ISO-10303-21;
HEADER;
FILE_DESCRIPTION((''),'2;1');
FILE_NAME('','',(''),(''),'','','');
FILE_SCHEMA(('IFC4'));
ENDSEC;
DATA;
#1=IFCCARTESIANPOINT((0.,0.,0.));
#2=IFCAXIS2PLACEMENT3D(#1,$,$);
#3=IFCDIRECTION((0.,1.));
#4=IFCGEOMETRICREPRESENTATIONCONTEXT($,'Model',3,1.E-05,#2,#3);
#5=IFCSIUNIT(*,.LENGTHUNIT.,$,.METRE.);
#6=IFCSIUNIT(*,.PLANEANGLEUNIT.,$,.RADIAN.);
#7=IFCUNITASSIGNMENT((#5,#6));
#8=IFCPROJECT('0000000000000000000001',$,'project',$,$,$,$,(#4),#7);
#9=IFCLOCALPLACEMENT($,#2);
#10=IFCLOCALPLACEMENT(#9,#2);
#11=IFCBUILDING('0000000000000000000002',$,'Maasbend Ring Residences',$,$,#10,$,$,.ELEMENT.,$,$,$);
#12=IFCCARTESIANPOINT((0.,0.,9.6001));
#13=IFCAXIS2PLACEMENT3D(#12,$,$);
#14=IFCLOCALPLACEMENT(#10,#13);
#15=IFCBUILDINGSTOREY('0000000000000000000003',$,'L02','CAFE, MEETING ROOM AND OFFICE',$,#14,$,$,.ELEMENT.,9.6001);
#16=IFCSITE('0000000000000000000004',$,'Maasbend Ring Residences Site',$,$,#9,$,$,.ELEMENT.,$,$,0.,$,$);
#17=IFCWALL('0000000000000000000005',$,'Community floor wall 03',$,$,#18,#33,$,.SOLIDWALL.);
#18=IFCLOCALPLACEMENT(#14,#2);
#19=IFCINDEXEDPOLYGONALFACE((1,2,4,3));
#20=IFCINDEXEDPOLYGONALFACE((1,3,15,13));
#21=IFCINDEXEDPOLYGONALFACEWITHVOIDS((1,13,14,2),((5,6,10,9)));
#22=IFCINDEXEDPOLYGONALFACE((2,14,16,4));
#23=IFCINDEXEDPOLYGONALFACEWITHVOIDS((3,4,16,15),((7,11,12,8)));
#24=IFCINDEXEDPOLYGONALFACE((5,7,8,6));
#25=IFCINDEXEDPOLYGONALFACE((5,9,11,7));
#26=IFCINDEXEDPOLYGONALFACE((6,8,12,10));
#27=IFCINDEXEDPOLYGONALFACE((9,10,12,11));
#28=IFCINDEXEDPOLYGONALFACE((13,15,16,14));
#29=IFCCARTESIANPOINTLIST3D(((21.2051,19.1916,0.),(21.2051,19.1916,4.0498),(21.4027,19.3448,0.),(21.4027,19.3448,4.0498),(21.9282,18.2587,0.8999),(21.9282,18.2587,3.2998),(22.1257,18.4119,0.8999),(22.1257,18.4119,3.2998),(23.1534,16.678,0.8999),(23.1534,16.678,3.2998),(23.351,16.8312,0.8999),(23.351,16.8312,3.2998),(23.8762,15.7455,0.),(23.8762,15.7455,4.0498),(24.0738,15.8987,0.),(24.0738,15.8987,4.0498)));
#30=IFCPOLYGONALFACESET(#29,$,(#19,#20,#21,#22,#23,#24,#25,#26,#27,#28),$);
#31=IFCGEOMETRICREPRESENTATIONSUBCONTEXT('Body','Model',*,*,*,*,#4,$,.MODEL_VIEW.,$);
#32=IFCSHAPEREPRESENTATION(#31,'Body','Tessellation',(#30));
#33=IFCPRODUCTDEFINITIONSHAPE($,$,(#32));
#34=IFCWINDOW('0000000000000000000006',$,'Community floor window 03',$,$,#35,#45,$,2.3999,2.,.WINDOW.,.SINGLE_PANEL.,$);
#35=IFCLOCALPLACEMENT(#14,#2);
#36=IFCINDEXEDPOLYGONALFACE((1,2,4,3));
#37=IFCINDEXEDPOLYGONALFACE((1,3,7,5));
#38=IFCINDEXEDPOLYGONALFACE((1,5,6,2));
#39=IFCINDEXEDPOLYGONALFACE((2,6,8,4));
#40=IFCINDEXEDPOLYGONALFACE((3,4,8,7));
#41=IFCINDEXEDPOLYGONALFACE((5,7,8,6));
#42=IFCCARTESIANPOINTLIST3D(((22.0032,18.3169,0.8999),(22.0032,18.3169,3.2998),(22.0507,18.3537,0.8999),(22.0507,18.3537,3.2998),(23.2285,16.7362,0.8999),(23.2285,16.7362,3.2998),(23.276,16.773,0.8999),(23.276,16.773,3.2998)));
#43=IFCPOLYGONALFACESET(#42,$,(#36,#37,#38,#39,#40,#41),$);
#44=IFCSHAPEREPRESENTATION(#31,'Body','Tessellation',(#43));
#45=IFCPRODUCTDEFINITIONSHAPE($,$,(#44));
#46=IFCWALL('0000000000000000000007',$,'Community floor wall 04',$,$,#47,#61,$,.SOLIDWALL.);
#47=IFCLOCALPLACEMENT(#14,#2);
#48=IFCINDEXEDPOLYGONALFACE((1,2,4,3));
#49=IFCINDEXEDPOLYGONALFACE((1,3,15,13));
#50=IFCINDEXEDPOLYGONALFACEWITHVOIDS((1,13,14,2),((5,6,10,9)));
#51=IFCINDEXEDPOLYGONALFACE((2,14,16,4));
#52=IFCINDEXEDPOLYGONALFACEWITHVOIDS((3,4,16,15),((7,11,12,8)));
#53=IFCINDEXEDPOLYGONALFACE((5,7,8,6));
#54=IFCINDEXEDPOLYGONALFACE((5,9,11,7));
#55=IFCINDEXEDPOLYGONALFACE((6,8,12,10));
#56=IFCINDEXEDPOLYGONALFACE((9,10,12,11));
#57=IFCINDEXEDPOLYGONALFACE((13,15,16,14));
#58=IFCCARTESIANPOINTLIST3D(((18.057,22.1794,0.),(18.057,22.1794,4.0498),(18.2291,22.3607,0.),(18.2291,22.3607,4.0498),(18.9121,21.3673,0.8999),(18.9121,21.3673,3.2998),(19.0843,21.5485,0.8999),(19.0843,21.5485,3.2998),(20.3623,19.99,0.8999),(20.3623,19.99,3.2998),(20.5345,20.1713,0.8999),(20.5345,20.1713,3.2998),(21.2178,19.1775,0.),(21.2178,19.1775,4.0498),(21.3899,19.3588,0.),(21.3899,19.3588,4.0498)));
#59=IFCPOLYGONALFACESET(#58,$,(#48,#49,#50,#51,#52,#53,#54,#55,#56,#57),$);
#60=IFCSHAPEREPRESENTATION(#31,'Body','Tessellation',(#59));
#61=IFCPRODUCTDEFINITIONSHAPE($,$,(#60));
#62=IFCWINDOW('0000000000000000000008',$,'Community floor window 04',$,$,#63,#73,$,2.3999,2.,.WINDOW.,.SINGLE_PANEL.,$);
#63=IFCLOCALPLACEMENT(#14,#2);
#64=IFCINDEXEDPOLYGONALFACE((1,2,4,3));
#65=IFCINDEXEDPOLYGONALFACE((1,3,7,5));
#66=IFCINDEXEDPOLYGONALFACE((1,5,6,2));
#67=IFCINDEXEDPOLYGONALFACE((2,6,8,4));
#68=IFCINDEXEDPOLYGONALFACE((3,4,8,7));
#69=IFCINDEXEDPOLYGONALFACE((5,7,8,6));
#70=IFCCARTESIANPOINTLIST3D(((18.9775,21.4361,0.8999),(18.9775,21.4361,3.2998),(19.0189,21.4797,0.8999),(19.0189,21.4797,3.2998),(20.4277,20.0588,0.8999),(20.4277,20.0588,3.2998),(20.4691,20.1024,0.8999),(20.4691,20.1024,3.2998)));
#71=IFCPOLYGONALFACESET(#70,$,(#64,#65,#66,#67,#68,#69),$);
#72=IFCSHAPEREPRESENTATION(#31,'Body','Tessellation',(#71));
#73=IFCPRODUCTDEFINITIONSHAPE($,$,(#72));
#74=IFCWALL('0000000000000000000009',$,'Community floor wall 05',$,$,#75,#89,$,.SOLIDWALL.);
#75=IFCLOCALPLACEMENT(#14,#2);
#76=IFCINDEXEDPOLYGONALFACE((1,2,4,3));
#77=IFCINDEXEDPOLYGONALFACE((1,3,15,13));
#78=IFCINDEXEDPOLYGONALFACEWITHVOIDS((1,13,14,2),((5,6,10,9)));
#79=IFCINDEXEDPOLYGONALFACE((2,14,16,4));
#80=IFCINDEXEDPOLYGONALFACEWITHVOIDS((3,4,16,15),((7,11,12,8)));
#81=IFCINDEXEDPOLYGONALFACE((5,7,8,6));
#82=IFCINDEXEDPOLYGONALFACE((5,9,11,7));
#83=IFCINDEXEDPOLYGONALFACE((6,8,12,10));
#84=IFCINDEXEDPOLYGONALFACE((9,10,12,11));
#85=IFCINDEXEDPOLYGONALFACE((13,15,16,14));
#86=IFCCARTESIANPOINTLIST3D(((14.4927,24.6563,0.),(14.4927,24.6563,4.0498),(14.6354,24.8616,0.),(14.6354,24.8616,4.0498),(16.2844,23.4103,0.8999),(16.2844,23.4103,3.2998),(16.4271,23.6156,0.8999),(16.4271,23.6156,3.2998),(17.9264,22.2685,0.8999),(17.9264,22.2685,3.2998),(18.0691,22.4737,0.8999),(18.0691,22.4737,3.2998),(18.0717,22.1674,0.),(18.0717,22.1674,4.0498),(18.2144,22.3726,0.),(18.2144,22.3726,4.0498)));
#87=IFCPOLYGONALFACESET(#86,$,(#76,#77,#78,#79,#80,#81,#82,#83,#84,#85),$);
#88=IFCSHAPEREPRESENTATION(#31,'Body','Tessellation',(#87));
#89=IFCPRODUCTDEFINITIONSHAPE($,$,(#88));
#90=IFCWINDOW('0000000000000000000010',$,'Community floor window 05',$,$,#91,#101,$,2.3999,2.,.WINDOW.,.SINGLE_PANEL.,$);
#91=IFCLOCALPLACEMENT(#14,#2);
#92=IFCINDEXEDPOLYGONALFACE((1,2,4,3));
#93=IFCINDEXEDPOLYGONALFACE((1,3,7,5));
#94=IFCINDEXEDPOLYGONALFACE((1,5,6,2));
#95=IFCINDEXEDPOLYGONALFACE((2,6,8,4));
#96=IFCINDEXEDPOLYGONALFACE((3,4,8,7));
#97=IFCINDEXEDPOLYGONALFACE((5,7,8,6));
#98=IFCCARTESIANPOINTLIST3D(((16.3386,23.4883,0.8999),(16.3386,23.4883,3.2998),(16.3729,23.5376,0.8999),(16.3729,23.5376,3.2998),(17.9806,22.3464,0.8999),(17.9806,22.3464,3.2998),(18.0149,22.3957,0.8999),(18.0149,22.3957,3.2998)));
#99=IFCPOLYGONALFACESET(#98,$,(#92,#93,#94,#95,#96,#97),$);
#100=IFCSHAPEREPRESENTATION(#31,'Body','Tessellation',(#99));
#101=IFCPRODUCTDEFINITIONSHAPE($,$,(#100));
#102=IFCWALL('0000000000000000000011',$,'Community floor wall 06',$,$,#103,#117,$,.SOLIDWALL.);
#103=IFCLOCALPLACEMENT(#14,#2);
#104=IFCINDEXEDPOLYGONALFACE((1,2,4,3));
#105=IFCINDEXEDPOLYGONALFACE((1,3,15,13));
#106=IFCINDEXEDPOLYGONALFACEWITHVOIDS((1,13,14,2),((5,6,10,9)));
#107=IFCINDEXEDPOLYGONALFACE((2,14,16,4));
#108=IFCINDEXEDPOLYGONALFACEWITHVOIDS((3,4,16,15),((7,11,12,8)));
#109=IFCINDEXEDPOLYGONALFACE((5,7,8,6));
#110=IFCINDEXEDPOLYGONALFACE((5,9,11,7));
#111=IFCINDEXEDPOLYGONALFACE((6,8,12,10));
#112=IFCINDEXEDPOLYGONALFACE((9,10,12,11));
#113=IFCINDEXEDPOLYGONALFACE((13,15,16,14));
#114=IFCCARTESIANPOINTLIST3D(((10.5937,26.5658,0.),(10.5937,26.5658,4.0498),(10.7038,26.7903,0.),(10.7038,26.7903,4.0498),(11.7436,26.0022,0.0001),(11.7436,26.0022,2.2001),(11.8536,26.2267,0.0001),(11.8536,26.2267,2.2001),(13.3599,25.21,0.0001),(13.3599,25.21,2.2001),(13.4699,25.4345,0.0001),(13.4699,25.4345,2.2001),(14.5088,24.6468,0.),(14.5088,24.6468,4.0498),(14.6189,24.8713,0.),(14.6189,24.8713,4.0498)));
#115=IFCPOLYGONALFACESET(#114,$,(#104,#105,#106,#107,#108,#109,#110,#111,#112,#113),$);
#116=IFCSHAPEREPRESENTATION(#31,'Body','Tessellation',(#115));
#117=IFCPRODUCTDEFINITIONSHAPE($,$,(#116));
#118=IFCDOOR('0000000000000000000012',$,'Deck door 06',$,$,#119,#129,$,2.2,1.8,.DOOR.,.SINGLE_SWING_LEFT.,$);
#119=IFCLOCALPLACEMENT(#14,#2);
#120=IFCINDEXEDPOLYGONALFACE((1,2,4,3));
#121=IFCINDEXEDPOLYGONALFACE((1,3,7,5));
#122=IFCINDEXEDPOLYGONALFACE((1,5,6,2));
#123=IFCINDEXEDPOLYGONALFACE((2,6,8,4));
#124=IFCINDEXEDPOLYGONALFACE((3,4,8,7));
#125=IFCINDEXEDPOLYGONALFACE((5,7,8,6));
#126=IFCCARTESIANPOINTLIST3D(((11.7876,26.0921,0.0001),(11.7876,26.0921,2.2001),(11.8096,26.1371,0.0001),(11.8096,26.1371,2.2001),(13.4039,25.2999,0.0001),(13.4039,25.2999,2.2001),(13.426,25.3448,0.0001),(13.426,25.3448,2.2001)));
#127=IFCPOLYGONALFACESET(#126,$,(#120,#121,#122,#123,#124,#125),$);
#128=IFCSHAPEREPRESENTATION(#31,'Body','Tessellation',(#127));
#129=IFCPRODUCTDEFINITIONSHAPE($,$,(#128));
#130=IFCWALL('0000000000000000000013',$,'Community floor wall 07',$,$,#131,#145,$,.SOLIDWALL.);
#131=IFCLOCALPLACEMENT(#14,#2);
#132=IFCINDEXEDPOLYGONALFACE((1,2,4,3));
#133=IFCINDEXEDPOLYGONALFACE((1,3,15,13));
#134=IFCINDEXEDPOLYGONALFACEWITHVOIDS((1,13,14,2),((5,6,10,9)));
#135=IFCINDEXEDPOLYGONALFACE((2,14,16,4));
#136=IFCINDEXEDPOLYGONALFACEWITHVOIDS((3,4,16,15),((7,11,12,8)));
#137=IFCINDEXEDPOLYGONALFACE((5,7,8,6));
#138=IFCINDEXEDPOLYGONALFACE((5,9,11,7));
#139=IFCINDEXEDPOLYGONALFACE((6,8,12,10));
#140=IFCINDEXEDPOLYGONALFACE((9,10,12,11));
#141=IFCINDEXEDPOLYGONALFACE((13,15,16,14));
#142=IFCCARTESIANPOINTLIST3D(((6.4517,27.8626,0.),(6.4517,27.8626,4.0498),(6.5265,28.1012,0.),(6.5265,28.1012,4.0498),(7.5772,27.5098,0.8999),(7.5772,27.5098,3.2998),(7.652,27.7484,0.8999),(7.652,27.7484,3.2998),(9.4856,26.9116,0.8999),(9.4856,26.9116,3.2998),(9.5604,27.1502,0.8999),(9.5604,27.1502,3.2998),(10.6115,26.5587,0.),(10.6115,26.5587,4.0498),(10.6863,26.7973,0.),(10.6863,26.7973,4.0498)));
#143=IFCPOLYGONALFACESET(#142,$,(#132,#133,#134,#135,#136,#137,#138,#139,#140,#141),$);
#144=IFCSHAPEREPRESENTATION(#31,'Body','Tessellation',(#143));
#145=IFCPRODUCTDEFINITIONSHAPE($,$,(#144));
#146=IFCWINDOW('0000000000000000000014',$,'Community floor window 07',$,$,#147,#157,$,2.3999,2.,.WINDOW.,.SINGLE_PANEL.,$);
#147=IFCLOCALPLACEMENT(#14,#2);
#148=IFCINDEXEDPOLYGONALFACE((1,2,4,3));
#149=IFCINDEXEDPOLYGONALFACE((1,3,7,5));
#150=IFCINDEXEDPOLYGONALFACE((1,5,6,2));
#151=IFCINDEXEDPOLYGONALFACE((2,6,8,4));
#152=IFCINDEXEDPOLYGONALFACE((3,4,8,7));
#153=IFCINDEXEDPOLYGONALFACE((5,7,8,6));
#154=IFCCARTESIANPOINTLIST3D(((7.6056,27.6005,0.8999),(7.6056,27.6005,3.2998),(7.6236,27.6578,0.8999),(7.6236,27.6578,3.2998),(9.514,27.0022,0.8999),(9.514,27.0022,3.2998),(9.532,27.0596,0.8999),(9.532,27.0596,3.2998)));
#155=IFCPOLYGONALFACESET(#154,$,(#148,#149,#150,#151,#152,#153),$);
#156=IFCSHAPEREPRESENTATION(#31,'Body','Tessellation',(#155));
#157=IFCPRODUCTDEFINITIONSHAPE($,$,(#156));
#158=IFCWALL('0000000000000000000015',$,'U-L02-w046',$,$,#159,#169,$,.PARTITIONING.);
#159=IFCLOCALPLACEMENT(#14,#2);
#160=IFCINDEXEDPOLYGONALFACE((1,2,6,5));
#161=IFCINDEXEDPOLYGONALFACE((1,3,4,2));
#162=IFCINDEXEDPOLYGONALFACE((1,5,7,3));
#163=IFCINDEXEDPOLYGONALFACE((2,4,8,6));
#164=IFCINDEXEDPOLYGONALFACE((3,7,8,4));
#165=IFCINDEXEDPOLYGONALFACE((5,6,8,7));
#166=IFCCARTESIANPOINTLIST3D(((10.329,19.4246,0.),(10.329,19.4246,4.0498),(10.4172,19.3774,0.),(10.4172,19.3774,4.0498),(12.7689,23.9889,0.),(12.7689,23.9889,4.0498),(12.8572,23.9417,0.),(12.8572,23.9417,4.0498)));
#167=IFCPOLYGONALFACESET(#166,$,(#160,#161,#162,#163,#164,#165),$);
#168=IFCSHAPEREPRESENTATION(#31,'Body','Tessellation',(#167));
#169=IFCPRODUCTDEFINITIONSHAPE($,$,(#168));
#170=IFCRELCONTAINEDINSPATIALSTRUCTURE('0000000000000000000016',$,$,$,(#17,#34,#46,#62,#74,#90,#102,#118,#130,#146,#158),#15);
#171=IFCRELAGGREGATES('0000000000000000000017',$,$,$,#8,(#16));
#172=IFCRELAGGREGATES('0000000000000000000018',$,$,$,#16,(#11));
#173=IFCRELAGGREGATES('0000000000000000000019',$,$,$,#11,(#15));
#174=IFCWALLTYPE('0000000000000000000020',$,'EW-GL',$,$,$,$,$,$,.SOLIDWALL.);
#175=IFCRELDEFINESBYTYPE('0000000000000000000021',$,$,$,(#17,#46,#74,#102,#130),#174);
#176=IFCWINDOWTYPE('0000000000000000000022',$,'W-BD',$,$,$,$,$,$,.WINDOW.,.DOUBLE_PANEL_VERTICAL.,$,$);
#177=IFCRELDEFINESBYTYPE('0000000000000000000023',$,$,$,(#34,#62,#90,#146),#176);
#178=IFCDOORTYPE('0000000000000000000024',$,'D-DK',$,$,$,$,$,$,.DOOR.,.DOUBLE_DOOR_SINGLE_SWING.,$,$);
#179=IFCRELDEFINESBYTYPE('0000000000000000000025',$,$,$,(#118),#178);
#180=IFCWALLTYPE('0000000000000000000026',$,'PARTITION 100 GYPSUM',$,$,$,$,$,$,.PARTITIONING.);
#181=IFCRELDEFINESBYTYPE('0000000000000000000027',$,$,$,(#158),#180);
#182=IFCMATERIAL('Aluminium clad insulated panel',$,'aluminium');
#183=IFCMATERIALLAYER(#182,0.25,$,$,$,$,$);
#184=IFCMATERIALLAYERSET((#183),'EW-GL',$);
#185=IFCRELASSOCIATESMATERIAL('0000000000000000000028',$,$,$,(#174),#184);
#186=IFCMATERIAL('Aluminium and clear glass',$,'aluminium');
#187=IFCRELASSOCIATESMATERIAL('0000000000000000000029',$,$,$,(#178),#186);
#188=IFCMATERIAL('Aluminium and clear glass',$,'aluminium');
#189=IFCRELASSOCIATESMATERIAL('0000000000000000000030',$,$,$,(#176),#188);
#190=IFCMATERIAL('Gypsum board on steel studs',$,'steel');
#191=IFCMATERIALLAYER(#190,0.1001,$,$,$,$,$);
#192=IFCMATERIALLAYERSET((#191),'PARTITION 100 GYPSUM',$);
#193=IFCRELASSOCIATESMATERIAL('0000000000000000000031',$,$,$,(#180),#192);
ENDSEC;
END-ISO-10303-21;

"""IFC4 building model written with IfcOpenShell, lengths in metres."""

from ifc_helpers import new_model, si_unit, direction, frame, frame_2d, origin, place, context, subcontext, project, spatial, rectangle, extrude, material, layer, layer_set, type_object, element, fill, save


model = new_model("IFC4")

# Units and contexts
model_context = context("Model", 3, precision=1e-05, world=origin(), true_north=direction((0.0, 1.0)))
body_context = subcontext(model_context, "Body", "Model", "MODEL_VIEW")
ifc_project = project(units=[si_unit("LENGTHUNIT", "METRE"), si_unit("PLANEANGLEUNIT", "RADIAN")], contexts=[model_context])

# Site, building, storey
site_placement = place(None, origin())
site = spatial("IfcSite", under=ifc_project, at=site_placement, Name="Maasbend Ring Residences Site", CompositionType="ELEMENT", RefElevation=0.0)
building_placement = place(site_placement, origin())
building = spatial("IfcBuilding", under=site, at=building_placement, Name="Maasbend Ring Residences", CompositionType="ELEMENT")
storey_placement = place(building_placement, frame((0.0, 0.0, 9.6001)))
storey = spatial("IfcBuildingStorey", under=building, at=storey_placement, Name="L02", Description="CAFE, MEETING ROOM AND OFFICE", CompositionType="ELEMENT", Elevation=9.6001)

# Shared definitions
ifc_material_1 = material(Name="Aluminium clad insulated panel", Category="aluminium")
ifc_layer_1 = layer(ifc_material_1, 0.25)
ifc_layer_set_1 = layer_set([ifc_layer_1], Name="EW-GL")
wall_type_1 = type_object("IfcWallType", Name="EW-GL", PredefinedType="SOLIDWALL", material=ifc_layer_set_1)
ifc_material_2 = material(Name="Aluminium and clear glass", Category="aluminium")
door_type_1 = type_object("IfcDoorType", Name="D-DK", OperationType="DOUBLE_DOOR_SINGLE_SWING", PredefinedType="DOOR", material=ifc_material_2)

# Walls, openings, windows
wall_1_placement = place(storey_placement, frame((23.9751, 15.822, 0.0), z_axis=(0.0, 0.0, 1.0), x_axis=(-0.612637, 0.790364, 0.0)))
wall_1 = element("IfcWall", 1, at=wall_1_placement, inside=storey, type_object=wall_type_1, Name="Community floor wall 03", PredefinedType="SOLIDWALL", context=body_context, shape_type="SweptSolid", body=[
    extrude(rectangle(XDim=4.3601, YDim=0.25, at=frame_2d((2.1802, 0.0))), origin(), (0.0, 0.0, 1.0), 4.0498),
])
opening_1_placement = place(wall_1_placement, frame((1.1799, 0.0, 0.8999)))
opening_1 = element("IfcOpeningElement", 2, at=opening_1_placement, cuts=wall_1, PredefinedType="OPENING", context=body_context, shape_type="SweptSolid", body=[
    extrude(rectangle(XDim=2.0, YDim=2.3999, at=frame_2d((1.0, 1.2))), frame((0.0, 0.135, 0.0), z_axis=(0.0, -1.0, 0.0), x_axis=(1.0, 0.0, 0.0)), (0.0, 0.0, 1.0), 0.27),
])
ifc_material_3 = material(Name="Aluminium and clear glass", Category="aluminium")
window_type = type_object("IfcWindowType", Name="W-BD", PartitioningType="DOUBLE_PANEL_VERTICAL", PredefinedType="WINDOW", material=ifc_material_3)
window_1_placement = place(opening_1_placement, origin())
window_1 = element("IfcWindow", 3, at=window_1_placement, inside=storey, type_object=window_type, Name="Community floor window 03", OverallHeight=2.3999, OverallWidth=2.0, PartitioningType="SINGLE_PANEL", PredefinedType="WINDOW", context=body_context, shape_type="SweptSolid", body=[
    extrude(rectangle(XDim=2.0, YDim=2.3999, at=frame_2d((1.0, 1.2))), frame((0.0, 0.03, 0.0), z_axis=(0.0, -1.0, 0.0), x_axis=(1.0, 0.0, 0.0)), (0.0, 0.0, 1.0), 0.0601),
])
fill(opening_1, window_1)
wall_2_placement = place(storey_placement, frame((21.304, 19.2681, 0.0), z_axis=(0.0, 0.0, 1.0), x_axis=(-0.725102, 0.688642, 0.0)))
wall_2 = element("IfcWall", 4, at=wall_2_placement, inside=storey, type_object=wall_type_1, Name="Community floor wall 04", PredefinedType="SOLIDWALL", context=body_context, shape_type="SweptSolid", body=[
    extrude(rectangle(XDim=4.3591, YDim=0.25, at=frame_2d((2.1797, 0.0))), origin(), (0.0, 0.0, 1.0), 4.0498),
])
opening_2_placement = place(wall_2_placement, frame((1.1799, 0.0, 0.8999)))
opening_2 = element("IfcOpeningElement", 5, at=opening_2_placement, cuts=wall_2, PredefinedType="OPENING", context=body_context, shape_type="SweptSolid", body=[
    extrude(rectangle(XDim=2.0, YDim=2.3999, at=frame_2d((1.0, 1.2))), frame((0.0, 0.135, 0.0), z_axis=(0.0, -1.0, 0.0), x_axis=(1.0, 0.0, 0.0)), (0.0, 0.0, 1.0), 0.27),
])
window_2_placement = place(opening_2_placement, origin())
window_2 = element("IfcWindow", 6, at=window_2_placement, inside=storey, type_object=window_type, Name="Community floor window 04", OverallHeight=2.3999, OverallWidth=2.0, PartitioningType="SINGLE_PANEL", PredefinedType="WINDOW", context=body_context, shape_type="SweptSolid", body=[
    extrude(rectangle(XDim=2.0, YDim=2.3999, at=frame_2d((1.0, 1.2))), frame((0.0, 0.03, 0.0), z_axis=(0.0, -1.0, 0.0), x_axis=(1.0, 0.0, 0.0)), (0.0, 0.0, 1.0), 0.0601),
])
fill(opening_2, window_2)
wall_3_placement = place(storey_placement, frame((18.1431, 22.27, 0.0), z_axis=(0.0, 0.0, 1.0), x_axis=(-0.820991, 0.570941, 0.0)))
wall_3 = element("IfcWall", 7, at=wall_3_placement, inside=storey, type_object=wall_type_1, Name="Community floor wall 05", PredefinedType="SOLIDWALL", context=body_context, shape_type="SweptSolid", body=[
    extrude(rectangle(XDim=4.3594, YDim=0.25, at=frame_2d((2.1797, 0.0))), origin(), (0.0, 0.0, 1.0), 4.0498),
])
opening_3_placement = place(wall_3_placement, frame((0.177, 0.0, 0.8999)))
opening_3 = element("IfcOpeningElement", 8, at=opening_3_placement, cuts=wall_3, PredefinedType="OPENING", context=body_context, shape_type="SweptSolid", body=[
    extrude(rectangle(XDim=2.0, YDim=2.3999, at=frame_2d((1.0, 1.2))), frame((0.0, 0.135, 0.0), z_axis=(0.0, -1.0, 0.0), x_axis=(1.0, 0.0, 0.0)), (0.0, 0.0, 1.0), 0.27),
])
window_3_placement = place(opening_3_placement, origin())
window_3 = element("IfcWindow", 9, at=window_3_placement, inside=storey, type_object=window_type, Name="Community floor window 05", OverallHeight=2.3999, OverallWidth=2.0, PartitioningType="SINGLE_PANEL", PredefinedType="WINDOW", context=body_context, shape_type="SweptSolid", body=[
    extrude(rectangle(XDim=2.0, YDim=2.3999, at=frame_2d((1.0, 1.2))), frame((0.0, 0.03, 0.0), z_axis=(0.0, -1.0, 0.0), x_axis=(1.0, 0.0, 0.0)), (0.0, 0.0, 1.0), 0.0601),
])
fill(opening_3, window_3)

# Wall, opening, door
wall_4_placement = place(storey_placement, frame((14.564, 24.759, 0.0), z_axis=(0.0, 0.0, 1.0), x_axis=(-0.897938, 0.440122, 0.0)))
wall_4 = element("IfcWall", 10, at=wall_4_placement, inside=storey, type_object=wall_type_1, Name="Community floor wall 06", PredefinedType="SOLIDWALL", context=body_context, shape_type="SweptSolid", body=[
    extrude(rectangle(XDim=4.3601, YDim=0.25, at=frame_2d((2.1802, 0.0))), origin(), (0.0, 0.0, 1.0), 4.0498),
])
opening_4_placement = place(wall_4_placement, frame((1.2798, 0.0, 0.0)))
opening_4 = element("IfcOpeningElement", 11, at=opening_4_placement, cuts=wall_4, PredefinedType="OPENING", context=body_context, shape_type="SweptSolid", body=[
    extrude(rectangle(XDim=1.8, YDim=2.2, at=frame_2d((0.8999, 1.1001))), frame((0.0, 0.135, 0.0), z_axis=(0.0, -1.0, 0.0), x_axis=(1.0, 0.0, 0.0)), (0.0, 0.0, 1.0), 0.27),
])
door_1_placement = place(opening_4_placement, origin())
door_1 = element("IfcDoor", 12, at=door_1_placement, inside=storey, type_object=door_type_1, Name="Deck door 06", OperationType="SINGLE_SWING_LEFT", OverallHeight=2.2, OverallWidth=1.8, PredefinedType="DOOR", context=body_context, shape_type="SweptSolid", body=[
    extrude(rectangle(XDim=1.8, YDim=2.2, at=frame_2d((0.8999, 1.1001))), frame((0.0, 0.0249, 0.0), z_axis=(0.0, -1.0, 0.0), x_axis=(1.0, 0.0, 0.0)), (0.0, 0.0, 1.0), 0.05),
])
fill(opening_4, door_1)

# Wall, opening, window
wall_5_placement = place(storey_placement, frame((10.6489, 26.678, 0.0), z_axis=(0.0, 0.0, 1.0), x_axis=(-0.95422, 0.299107, 0.0)))
wall_5 = element("IfcWall", 13, at=wall_5_placement, inside=storey, type_object=wall_type_1, Name="Community floor wall 07", PredefinedType="SOLIDWALL", context=body_context, shape_type="SweptSolid", body=[
    extrude(rectangle(XDim=4.3594, YDim=0.25, at=frame_2d((2.1797, 0.0))), origin(), (0.0, 0.0, 1.0), 4.0498),
])
opening_5_placement = place(wall_5_placement, frame((1.1799, 0.0, 0.8999)))
opening_5 = element("IfcOpeningElement", 14, at=opening_5_placement, cuts=wall_5, PredefinedType="OPENING", context=body_context, shape_type="SweptSolid", body=[
    extrude(rectangle(XDim=2.0, YDim=2.3999, at=frame_2d((1.0, 1.2))), frame((0.0, 0.135, 0.0), z_axis=(0.0, -1.0, 0.0), x_axis=(1.0, 0.0, 0.0)), (0.0, 0.0, 1.0), 0.27),
])
window_4_placement = place(opening_5_placement, origin())
window_4 = element("IfcWindow", 15, at=window_4_placement, inside=storey, type_object=window_type, Name="Community floor window 07", OverallHeight=2.3999, OverallWidth=2.0, PartitioningType="SINGLE_PANEL", PredefinedType="WINDOW", context=body_context, shape_type="SweptSolid", body=[
    extrude(rectangle(XDim=2.0, YDim=2.3999, at=frame_2d((1.0, 1.2))), frame((0.0, 0.03, 0.0), z_axis=(0.0, -1.0, 0.0), x_axis=(1.0, 0.0, 0.0)), (0.0, 0.0, 1.0), 0.0601),
])
fill(opening_5, window_4)

# Wall
ifc_material_4 = material(Name="Gypsum board on steel studs", Category="steel")
ifc_layer_2 = layer(ifc_material_4, 0.1001)
ifc_layer_set_2 = layer_set([ifc_layer_2], Name="PARTITION 100 GYPSUM")
wall_type_2 = type_object("IfcWallType", Name="PARTITION 100 GYPSUM", PredefinedType="PARTITIONING", material=ifc_layer_set_2)
wall_6_placement = place(storey_placement, frame((10.373, 19.4009, 0.0), z_axis=(0.0, 0.0, 1.0), x_axis=(0.471445, 0.881895, 0.0)))
element("IfcWall", 16, at=wall_6_placement, inside=storey, type_object=wall_type_2, Name="U-L02-w046", PredefinedType="PARTITIONING", context=body_context, shape_type="SweptSolid", body=[
    extrude(rectangle(XDim=5.1755, YDim=0.1001, at=frame_2d((2.5879, 0.0))), origin(), (0.0, 0.0, 1.0), 4.0498),
])

save(model, "model.ifc")
